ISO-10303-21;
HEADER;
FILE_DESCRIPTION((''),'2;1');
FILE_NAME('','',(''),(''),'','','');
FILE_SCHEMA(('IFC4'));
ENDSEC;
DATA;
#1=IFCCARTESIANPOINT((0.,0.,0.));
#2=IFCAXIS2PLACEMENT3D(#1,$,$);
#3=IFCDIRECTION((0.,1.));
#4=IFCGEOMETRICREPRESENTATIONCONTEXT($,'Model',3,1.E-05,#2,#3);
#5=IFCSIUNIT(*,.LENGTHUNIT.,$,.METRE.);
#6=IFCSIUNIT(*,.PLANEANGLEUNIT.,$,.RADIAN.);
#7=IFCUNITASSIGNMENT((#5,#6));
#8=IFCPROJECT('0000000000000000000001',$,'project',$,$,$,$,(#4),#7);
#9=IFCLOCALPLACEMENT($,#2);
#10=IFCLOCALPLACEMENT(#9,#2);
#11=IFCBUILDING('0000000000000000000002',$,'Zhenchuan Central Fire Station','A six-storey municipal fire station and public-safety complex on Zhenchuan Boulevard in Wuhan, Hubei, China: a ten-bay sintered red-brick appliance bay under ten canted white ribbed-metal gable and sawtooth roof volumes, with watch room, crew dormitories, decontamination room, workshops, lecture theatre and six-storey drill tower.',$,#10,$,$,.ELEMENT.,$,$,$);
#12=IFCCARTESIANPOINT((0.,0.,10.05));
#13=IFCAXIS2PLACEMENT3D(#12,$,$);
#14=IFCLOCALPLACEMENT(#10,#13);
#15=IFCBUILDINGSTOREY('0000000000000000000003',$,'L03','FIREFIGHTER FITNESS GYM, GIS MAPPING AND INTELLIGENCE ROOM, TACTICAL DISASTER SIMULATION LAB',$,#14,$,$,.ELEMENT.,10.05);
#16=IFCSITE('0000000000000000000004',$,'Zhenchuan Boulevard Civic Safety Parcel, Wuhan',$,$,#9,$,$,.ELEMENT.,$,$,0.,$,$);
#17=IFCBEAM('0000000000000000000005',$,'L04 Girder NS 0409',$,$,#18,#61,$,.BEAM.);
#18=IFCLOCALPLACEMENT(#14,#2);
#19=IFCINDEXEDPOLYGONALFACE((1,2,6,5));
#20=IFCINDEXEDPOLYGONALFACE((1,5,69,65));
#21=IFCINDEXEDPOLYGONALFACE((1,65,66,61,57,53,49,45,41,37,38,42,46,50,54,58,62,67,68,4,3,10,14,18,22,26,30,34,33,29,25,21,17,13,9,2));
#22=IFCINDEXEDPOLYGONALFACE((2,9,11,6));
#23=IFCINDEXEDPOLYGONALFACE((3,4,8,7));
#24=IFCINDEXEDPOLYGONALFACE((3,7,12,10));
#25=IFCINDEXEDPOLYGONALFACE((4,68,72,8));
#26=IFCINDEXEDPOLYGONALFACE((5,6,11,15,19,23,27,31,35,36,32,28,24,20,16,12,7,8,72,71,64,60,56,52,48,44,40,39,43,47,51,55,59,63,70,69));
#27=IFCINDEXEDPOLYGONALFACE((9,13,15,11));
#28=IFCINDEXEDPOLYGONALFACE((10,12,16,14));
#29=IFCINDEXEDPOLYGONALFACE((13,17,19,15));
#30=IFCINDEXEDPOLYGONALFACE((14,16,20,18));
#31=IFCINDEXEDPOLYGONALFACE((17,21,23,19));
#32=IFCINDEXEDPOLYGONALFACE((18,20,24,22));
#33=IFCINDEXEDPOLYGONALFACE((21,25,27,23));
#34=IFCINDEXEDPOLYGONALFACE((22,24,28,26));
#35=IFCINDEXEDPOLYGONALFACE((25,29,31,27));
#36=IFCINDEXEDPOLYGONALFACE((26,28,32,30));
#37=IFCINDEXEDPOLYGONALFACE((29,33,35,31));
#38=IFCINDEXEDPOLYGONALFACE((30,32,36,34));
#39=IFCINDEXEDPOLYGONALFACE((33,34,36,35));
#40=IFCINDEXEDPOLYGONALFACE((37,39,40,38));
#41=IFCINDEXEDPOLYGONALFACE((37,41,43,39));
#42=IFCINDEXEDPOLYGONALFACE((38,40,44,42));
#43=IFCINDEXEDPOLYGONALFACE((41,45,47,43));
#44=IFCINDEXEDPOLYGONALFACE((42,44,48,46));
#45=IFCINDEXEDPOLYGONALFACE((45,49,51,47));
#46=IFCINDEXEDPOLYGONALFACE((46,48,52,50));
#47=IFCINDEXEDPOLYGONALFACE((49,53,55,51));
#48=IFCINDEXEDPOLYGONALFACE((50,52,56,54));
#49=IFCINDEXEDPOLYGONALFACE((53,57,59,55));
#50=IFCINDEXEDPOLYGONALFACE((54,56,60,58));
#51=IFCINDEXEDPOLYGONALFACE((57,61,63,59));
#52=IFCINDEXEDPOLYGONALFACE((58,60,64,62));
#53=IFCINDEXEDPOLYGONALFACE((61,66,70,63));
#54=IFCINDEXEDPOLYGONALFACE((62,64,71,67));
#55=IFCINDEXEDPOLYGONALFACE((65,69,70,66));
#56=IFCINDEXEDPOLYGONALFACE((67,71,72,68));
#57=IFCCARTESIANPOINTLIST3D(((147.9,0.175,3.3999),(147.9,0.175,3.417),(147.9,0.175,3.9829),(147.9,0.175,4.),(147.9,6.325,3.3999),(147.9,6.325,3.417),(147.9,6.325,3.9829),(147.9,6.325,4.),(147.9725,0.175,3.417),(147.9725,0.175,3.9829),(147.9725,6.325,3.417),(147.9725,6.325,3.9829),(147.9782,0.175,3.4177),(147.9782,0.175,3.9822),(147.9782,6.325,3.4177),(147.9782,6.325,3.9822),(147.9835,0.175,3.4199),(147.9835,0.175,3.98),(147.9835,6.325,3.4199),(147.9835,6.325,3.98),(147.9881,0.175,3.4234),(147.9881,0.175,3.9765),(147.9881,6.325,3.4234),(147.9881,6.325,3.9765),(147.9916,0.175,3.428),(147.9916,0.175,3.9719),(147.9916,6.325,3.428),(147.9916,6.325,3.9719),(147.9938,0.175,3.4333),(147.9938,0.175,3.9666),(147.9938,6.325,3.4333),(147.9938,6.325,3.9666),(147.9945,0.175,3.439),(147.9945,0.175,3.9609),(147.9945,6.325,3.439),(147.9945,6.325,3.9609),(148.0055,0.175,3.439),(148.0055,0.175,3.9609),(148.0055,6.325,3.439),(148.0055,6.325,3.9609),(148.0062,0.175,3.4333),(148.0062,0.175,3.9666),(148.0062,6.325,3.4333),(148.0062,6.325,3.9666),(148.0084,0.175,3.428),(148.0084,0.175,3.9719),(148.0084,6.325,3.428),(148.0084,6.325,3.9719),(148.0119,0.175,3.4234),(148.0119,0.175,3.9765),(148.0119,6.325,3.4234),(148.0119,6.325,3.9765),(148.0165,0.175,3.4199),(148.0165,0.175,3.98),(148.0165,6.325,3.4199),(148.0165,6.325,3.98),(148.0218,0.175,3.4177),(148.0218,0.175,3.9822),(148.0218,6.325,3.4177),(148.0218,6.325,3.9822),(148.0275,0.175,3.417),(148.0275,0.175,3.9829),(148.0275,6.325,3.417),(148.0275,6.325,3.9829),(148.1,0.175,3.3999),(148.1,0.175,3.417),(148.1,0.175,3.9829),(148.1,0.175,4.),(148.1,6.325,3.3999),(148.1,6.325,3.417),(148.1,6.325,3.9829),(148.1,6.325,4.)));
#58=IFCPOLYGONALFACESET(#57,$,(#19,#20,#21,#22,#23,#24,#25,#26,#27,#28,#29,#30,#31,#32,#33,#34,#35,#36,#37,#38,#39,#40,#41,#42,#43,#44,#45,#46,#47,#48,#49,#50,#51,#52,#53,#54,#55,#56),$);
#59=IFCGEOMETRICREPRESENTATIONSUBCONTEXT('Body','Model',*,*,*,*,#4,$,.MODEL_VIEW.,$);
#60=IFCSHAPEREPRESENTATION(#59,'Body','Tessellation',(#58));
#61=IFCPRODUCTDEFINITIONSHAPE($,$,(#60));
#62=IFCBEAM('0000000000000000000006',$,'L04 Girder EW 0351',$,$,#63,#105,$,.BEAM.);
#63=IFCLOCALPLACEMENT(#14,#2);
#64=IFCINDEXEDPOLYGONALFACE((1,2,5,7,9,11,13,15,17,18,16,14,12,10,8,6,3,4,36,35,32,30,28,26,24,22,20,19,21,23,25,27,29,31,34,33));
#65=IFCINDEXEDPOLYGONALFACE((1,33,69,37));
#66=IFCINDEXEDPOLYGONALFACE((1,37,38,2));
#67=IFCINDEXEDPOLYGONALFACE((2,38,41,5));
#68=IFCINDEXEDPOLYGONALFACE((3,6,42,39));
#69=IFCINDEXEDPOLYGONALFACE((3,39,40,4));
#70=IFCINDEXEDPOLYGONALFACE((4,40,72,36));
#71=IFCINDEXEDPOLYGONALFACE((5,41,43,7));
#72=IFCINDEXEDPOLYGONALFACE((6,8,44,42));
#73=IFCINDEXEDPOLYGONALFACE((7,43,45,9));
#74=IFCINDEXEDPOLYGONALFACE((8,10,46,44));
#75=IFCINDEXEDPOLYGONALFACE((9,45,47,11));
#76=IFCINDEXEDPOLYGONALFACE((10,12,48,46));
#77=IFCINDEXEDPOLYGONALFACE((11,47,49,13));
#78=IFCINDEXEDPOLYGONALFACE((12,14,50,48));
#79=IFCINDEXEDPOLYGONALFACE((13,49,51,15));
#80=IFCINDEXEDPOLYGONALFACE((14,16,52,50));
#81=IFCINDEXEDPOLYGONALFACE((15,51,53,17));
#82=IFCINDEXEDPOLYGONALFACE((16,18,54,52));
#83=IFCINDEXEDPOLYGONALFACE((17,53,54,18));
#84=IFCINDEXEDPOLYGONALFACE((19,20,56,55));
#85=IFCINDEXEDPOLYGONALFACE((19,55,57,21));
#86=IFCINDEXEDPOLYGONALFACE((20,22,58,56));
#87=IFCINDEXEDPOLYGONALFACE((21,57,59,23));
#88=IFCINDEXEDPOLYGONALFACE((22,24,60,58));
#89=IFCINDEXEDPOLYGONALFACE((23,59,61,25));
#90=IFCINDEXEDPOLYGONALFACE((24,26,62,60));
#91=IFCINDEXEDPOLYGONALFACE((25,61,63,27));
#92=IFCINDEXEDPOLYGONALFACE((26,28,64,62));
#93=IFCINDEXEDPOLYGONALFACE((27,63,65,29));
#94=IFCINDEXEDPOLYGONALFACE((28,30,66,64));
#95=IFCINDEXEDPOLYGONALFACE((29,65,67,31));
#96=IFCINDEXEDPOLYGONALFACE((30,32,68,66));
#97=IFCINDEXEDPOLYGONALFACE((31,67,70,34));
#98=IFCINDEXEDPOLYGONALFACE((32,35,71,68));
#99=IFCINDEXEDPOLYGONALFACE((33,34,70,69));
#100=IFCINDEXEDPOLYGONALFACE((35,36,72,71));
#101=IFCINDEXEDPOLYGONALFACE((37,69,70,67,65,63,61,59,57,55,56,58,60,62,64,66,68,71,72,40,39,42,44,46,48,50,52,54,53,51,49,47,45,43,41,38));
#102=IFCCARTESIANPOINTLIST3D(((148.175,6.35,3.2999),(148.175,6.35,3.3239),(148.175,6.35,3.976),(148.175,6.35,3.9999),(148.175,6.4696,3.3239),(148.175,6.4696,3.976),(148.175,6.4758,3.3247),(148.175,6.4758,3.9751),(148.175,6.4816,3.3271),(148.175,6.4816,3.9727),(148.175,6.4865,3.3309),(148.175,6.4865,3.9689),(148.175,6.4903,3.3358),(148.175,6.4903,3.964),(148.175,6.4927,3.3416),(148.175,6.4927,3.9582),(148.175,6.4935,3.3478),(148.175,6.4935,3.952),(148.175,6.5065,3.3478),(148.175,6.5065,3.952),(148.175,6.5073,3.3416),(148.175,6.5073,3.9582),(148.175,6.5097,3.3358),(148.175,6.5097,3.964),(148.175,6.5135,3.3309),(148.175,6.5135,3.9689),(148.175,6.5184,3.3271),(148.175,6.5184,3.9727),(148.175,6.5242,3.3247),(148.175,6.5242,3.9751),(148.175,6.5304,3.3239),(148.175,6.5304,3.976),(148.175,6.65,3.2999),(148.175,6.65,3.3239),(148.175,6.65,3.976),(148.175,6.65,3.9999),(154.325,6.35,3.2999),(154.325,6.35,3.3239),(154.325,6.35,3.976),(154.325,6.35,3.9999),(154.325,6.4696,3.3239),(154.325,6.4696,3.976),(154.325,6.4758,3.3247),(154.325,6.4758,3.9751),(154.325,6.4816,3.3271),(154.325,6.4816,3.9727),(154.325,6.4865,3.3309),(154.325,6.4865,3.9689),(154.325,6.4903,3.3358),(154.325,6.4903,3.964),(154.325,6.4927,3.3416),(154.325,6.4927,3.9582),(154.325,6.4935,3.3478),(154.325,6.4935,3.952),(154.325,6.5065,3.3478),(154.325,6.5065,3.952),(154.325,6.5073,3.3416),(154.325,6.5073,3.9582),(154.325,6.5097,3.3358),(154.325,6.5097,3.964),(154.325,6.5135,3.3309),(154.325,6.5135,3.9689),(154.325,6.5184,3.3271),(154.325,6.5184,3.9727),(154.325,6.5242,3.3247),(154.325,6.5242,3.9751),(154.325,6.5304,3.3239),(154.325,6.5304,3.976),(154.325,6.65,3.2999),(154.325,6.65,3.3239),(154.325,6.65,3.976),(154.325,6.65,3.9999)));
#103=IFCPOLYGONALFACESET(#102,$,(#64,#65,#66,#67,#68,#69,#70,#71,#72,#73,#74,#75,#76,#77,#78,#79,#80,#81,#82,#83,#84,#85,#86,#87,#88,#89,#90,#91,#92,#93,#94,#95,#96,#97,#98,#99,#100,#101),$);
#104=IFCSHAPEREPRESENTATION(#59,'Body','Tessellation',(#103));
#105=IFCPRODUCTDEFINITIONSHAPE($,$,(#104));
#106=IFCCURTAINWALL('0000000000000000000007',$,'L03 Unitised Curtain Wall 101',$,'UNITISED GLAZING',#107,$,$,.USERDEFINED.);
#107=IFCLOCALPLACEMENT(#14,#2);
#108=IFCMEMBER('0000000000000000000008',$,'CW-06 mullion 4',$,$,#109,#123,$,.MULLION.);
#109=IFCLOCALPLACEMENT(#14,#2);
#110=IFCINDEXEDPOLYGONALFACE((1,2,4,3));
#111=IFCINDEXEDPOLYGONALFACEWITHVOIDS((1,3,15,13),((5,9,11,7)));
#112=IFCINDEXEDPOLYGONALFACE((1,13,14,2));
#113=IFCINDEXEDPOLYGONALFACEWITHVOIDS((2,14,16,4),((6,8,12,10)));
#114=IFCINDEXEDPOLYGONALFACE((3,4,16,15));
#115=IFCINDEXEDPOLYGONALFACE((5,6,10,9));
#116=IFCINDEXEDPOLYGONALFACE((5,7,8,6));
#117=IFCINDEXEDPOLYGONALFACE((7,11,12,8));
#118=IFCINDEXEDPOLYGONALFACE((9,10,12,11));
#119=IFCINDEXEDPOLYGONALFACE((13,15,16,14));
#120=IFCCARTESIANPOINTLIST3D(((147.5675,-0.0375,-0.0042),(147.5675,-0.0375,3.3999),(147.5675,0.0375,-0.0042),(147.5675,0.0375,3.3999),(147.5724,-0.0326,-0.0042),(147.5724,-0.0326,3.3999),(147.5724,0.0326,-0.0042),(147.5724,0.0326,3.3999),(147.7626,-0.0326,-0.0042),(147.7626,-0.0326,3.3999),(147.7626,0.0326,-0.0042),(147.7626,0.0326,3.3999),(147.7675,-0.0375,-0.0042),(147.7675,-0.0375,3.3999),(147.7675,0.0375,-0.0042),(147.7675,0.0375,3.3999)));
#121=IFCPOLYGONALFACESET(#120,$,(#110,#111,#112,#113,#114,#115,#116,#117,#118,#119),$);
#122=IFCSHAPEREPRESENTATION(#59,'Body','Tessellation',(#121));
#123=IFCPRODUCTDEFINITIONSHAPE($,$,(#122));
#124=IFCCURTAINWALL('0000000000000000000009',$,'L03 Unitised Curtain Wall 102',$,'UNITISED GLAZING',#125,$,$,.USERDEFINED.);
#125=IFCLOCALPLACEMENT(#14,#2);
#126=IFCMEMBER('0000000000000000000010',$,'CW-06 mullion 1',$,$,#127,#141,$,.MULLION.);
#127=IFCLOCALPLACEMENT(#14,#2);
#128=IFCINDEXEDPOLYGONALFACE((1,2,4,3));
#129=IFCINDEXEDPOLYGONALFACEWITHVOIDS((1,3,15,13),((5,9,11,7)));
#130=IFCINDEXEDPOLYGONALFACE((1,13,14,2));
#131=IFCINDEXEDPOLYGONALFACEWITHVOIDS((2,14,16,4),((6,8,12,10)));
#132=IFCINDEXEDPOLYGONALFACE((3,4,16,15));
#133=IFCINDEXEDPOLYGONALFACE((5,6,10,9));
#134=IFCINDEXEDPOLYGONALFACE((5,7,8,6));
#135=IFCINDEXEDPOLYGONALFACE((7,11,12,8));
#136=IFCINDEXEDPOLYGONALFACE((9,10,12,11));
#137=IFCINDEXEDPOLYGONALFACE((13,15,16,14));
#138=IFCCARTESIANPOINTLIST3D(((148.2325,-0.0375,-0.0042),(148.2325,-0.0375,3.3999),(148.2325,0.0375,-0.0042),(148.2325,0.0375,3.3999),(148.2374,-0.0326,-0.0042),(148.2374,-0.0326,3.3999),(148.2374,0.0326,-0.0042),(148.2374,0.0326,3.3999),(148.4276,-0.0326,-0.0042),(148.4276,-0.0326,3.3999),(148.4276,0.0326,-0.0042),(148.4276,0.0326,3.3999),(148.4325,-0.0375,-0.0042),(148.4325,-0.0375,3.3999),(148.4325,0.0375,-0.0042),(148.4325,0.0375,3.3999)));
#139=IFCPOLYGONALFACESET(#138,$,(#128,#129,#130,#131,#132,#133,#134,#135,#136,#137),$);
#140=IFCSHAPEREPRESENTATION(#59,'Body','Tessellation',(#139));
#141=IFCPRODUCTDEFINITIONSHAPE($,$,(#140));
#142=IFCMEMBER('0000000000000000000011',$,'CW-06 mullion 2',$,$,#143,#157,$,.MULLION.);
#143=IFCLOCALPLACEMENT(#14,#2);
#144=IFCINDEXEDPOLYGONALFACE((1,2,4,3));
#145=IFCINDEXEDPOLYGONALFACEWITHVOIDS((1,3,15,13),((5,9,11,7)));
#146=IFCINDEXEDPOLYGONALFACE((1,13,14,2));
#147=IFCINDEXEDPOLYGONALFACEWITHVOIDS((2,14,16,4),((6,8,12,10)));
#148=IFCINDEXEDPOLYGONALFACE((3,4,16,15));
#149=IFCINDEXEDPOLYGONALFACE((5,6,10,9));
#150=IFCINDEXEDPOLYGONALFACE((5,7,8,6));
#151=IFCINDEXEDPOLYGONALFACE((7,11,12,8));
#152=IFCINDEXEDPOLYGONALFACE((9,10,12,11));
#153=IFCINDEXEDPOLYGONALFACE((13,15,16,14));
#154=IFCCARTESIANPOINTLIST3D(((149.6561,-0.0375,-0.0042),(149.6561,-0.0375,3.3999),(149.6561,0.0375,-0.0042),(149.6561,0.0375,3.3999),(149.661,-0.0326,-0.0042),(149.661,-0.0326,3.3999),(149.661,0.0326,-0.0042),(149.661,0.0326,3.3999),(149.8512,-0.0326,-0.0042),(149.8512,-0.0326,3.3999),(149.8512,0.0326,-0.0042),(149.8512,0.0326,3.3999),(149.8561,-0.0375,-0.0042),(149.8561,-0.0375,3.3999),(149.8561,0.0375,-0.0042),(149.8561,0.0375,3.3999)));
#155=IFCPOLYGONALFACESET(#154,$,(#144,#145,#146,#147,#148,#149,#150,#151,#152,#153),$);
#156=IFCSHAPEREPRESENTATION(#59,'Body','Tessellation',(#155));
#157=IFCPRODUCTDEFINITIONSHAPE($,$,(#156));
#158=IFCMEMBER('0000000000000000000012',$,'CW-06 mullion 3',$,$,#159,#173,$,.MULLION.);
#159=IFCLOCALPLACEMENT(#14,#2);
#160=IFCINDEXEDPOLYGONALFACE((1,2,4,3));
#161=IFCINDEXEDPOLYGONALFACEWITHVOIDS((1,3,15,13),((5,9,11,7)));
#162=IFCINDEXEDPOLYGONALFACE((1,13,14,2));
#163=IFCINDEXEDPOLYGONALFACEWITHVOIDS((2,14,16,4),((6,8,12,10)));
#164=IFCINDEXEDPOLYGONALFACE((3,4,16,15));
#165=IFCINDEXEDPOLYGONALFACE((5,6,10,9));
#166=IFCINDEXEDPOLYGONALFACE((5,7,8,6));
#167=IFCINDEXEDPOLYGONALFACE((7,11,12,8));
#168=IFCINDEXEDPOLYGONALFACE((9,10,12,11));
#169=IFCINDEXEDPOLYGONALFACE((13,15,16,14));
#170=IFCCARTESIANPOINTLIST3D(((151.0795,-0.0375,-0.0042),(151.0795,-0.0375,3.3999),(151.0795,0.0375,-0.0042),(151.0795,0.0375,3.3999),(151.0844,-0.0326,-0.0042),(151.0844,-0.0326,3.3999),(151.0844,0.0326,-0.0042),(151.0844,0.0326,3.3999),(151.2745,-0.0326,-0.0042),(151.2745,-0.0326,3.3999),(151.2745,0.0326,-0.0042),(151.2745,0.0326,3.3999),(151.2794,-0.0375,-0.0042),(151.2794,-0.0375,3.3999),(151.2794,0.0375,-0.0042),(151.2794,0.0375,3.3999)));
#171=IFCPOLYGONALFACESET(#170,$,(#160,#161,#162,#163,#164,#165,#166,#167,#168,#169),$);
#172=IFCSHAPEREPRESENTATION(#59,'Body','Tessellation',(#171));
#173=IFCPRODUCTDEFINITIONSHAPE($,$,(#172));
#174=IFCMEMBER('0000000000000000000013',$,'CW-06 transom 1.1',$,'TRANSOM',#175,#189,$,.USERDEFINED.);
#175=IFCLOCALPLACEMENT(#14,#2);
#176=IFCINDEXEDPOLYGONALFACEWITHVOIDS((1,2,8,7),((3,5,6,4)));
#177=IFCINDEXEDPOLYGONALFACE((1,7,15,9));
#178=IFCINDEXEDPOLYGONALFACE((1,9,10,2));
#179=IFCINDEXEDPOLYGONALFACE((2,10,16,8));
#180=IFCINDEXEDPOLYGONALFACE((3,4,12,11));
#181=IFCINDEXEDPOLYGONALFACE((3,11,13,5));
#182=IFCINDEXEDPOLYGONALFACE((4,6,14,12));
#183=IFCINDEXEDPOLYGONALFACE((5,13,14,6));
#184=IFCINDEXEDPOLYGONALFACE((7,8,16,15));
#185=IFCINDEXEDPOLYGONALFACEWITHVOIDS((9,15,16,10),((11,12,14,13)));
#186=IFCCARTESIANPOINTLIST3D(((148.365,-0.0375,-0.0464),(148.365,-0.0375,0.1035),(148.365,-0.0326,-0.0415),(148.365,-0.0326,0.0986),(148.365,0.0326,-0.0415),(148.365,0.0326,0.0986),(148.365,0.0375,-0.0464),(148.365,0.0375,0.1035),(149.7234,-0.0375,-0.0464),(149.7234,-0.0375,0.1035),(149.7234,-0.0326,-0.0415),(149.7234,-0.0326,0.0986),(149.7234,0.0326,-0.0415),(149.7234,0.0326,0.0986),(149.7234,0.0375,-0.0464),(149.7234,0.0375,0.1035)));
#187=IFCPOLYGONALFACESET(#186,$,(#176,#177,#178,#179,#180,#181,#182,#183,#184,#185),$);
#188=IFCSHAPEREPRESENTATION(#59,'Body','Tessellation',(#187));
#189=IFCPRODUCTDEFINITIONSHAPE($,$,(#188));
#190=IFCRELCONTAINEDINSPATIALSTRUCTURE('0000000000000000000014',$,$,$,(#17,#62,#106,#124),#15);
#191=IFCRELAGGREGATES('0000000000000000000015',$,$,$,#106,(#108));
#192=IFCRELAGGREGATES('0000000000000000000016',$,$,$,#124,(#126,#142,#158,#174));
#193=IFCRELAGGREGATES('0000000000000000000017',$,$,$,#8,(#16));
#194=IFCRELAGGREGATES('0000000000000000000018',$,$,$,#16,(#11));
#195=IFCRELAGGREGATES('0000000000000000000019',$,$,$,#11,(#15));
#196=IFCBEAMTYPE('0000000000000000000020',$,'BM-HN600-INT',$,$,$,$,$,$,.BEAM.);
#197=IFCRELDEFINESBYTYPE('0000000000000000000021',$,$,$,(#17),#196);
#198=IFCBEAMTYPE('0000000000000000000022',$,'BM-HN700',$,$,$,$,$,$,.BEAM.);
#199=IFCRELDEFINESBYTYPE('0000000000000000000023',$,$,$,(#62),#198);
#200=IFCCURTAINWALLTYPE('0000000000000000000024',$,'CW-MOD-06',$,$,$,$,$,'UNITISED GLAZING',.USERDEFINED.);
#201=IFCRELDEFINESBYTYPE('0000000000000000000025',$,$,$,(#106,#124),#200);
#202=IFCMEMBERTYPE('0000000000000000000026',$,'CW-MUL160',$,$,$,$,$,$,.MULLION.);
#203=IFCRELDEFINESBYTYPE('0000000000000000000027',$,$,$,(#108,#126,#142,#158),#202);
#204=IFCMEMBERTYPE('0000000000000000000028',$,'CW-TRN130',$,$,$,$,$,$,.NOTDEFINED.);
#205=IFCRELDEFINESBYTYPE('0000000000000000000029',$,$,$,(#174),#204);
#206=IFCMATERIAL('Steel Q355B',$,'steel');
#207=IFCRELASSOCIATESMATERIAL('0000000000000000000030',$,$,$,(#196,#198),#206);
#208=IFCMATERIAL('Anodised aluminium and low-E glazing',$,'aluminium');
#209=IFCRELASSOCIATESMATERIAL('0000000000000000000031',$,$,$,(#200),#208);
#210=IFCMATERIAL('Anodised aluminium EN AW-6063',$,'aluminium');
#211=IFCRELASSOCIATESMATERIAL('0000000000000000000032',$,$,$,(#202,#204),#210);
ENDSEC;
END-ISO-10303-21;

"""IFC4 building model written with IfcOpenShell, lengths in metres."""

from ifc_helpers import new_model, si_unit, direction, frame, origin, origin_2d, place, context, subcontext, project, spatial, hollow_rectangle, i_section, extrude, material, material_profile, profile_set, type_object, element, aggregate, save


model = new_model("IFC4")

# Units and contexts
model_context = context("Model", 3, precision=1e-05, world=origin(), true_north=direction((0.0, 1.0)))
body_context = subcontext(model_context, "Body", "Model", "MODEL_VIEW")
ifc_project = project(units=[si_unit("LENGTHUNIT", "METRE"), si_unit("PLANEANGLEUNIT", "RADIAN")], contexts=[model_context])

# Site, building, storey
site_placement = place(None, origin())
site = spatial("IfcSite", under=ifc_project, at=site_placement, Name="Zhenchuan Boulevard Civic Safety Parcel, Wuhan", CompositionType="ELEMENT", RefElevation=0.0)
building_placement = place(site_placement, origin())
building = spatial("IfcBuilding", under=site, at=building_placement, Name="Zhenchuan Central Fire Station", Description="A six-storey municipal fire station and public-safety complex on Zhenchuan Boulevard in Wuhan, Hubei, China: a ten-bay sintered red-brick appliance bay under ten canted white ribbed-metal gable and sawtooth roof volumes, with watch room, crew dormitories, decontamination room, workshops, lecture theatre and six-storey drill tower.", CompositionType="ELEMENT")
storey_placement = place(building_placement, frame((0.0, 0.0, 10.05)))
storey = spatial("IfcBuildingStorey", under=building, at=storey_placement, Name="L03", Description="FIREFIGHTER FITNESS GYM, GIS MAPPING AND INTELLIGENCE ROOM, TACTICAL DISASTER SIMULATION LAB", CompositionType="ELEMENT", Elevation=10.05)

# Shared definitions
ifc_material_1 = material(Name="Steel Q355B", Category="steel")

# Beams
ifc_material_profile_1 = material_profile(ifc_material_1, i_section(OverallWidth=0.2, OverallDepth=0.6001, WebThickness=0.011, FlangeThickness=0.0171, FilletRadius=0.022, at=origin_2d()), Name="HN 600x200")
ifc_profile_set_1 = profile_set([ifc_material_profile_1], Name="Steel Q355B")
beam_type_1 = type_object("IfcBeamType", Name="BM-HN600-INT", PredefinedType="BEAM", material=ifc_profile_set_1)
beam_1_placement = place(storey_placement, frame((148.0, 0.175, 3.7), z_axis=(0.0, 1.0, 0.0), x_axis=(-1.0, 0.0, 0.0)))
element("IfcBeam", 1, at=beam_1_placement, inside=storey, type_object=beam_type_1, Name="L04 Girder NS 0409", PredefinedType="BEAM", context=body_context, shape_type="SweptSolid", body=[
    extrude(i_section(OverallWidth=0.2, OverallDepth=0.6001, WebThickness=0.011, FlangeThickness=0.0171, FilletRadius=0.022, at=origin_2d()), origin(), (0.0, 0.0, 1.0), 6.1499),
])
ifc_material_profile_2 = material_profile(ifc_material_1, i_section(OverallWidth=0.3, OverallDepth=0.7, WebThickness=0.0129, FlangeThickness=0.0239, FilletRadius=0.0239, at=origin_2d()), Name="HN 700x300")
ifc_profile_set_2 = profile_set([ifc_material_profile_2], Name="Steel Q355B")
beam_type_2 = type_object("IfcBeamType", Name="BM-HN700", PredefinedType="BEAM", material=ifc_profile_set_2)
beam_2_placement = place(storey_placement, frame((148.175, 6.5, 3.6499), z_axis=(1.0, 0.0, 0.0), x_axis=(0.0, 1.0, 0.0)))
element("IfcBeam", 2, at=beam_2_placement, inside=storey, type_object=beam_type_2, Name="L04 Girder EW 0351", PredefinedType="BEAM", context=body_context, shape_type="SweptSolid", body=[
    extrude(i_section(OverallWidth=0.3, OverallDepth=0.7, WebThickness=0.0129, FlangeThickness=0.0239, FilletRadius=0.0239, at=origin_2d()), origin(), (0.0, 0.0, 1.0), 6.1499),
])

# Curtain wall, member
ifc_material_2 = material(Name="Anodised aluminium and low-E glazing", Category="aluminium")
curtain_wall_type = type_object("IfcCurtainWallType", Name="CW-MOD-06", ElementType="UNITISED GLAZING", PredefinedType="USERDEFINED", material=ifc_material_2)
curtain_wall_1_placement = place(storey_placement, origin())
curtain_wall_1 = element("IfcCurtainWall", 3, at=curtain_wall_1_placement, inside=storey, type_object=curtain_wall_type, Name="L03 Unitised Curtain Wall 101", ObjectType="UNITISED GLAZING", PredefinedType="USERDEFINED")
ifc_material_3 = material(Name="Anodised aluminium EN AW-6063", Category="aluminium")
ifc_material_profile_3 = material_profile(ifc_material_3, hollow_rectangle(XDim=0.075, YDim=0.2, WallThickness=0.0049, at=origin_2d()), Name="ALU-M 200x75")
ifc_profile_set_3 = profile_set([ifc_material_profile_3], Name="Anodised aluminium EN AW-6063")
member_type_1 = type_object("IfcMemberType", Name="CW-MUL160", PredefinedType="MULLION", material=ifc_profile_set_3)
member_1_placement = place(storey_placement, frame((147.6675, 0.0, -0.0042), z_axis=(0.0, 0.0, 1.0), x_axis=(0.0, 1.0, 0.0)))
member_1 = element("IfcMember", 4, at=member_1_placement, type_object=member_type_1, Name="CW-06 mullion 4", PredefinedType="MULLION", context=body_context, shape_type="SweptSolid", body=[
    extrude(hollow_rectangle(XDim=0.075, YDim=0.2, WallThickness=0.0049, at=origin_2d()), origin(), (0.0, 0.0, 1.0), 3.4041),
])

# Curtain wall, members
curtain_wall_2_placement = place(storey_placement, origin())
curtain_wall_2 = element("IfcCurtainWall", 5, at=curtain_wall_2_placement, inside=storey, type_object=curtain_wall_type, Name="L03 Unitised Curtain Wall 102", ObjectType="UNITISED GLAZING", PredefinedType="USERDEFINED")
member_2_placement = place(storey_placement, frame((148.3325, 0.0, -0.0042), z_axis=(0.0, 0.0, 1.0), x_axis=(0.0, 1.0, 0.0)))
member_2 = element("IfcMember", 6, at=member_2_placement, type_object=member_type_1, Name="CW-06 mullion 1", PredefinedType="MULLION", context=body_context, shape_type="SweptSolid", body=[
    extrude(hollow_rectangle(XDim=0.075, YDim=0.2, WallThickness=0.0049, at=origin_2d()), origin(), (0.0, 0.0, 1.0), 3.4041),
])
member_3_placement = place(storey_placement, frame((149.7561, 0.0, -0.0042), z_axis=(0.0, 0.0, 1.0), x_axis=(0.0, 1.0, 0.0)))
member_3 = element("IfcMember", 7, at=member_3_placement, type_object=member_type_1, Name="CW-06 mullion 2", PredefinedType="MULLION", context=body_context, shape_type="SweptSolid", body=[
    extrude(hollow_rectangle(XDim=0.075, YDim=0.2, WallThickness=0.0049, at=origin_2d()), origin(), (0.0, 0.0, 1.0), 3.4041),
])
member_4_placement = place(storey_placement, frame((151.1794, 0.0, -0.0042), z_axis=(0.0, 0.0, 1.0), x_axis=(0.0, 1.0, 0.0)))
member_4 = element("IfcMember", 8, at=member_4_placement, type_object=member_type_1, Name="CW-06 mullion 3", PredefinedType="MULLION", context=body_context, shape_type="SweptSolid", body=[
    extrude(hollow_rectangle(XDim=0.075, YDim=0.2, WallThickness=0.0049, at=origin_2d()), origin(), (0.0, 0.0, 1.0), 3.4041),
])
ifc_material_profile_4 = material_profile(ifc_material_3, hollow_rectangle(XDim=0.075, YDim=0.1499, WallThickness=0.0049, at=origin_2d()), Name="ALU-T 150x75")
ifc_profile_set_4 = profile_set([ifc_material_profile_4], Name="Anodised aluminium EN AW-6063")
member_type_2 = type_object("IfcMemberType", Name="CW-TRN130", PredefinedType="NOTDEFINED", material=ifc_profile_set_4)
member_5_placement = place(storey_placement, frame((148.365, 0.0, 0.0286), z_axis=(1.0, 0.0, 0.0), x_axis=(0.0, 1.0, 0.0)))
member_5 = element("IfcMember", 9, at=member_5_placement, type_object=member_type_2, Name="CW-06 transom 1.1", ObjectType="TRANSOM", PredefinedType="USERDEFINED", context=body_context, shape_type="SweptSolid", body=[
    extrude(hollow_rectangle(XDim=0.075, YDim=0.1499, WallThickness=0.0049, at=origin_2d()), origin(), (0.0, 0.0, 1.0), 1.3584),
])

aggregate(curtain_wall_1, [member_1])
aggregate(curtain_wall_2, [member_2, member_3, member_4, member_5])

save(model, "model.ifc")
